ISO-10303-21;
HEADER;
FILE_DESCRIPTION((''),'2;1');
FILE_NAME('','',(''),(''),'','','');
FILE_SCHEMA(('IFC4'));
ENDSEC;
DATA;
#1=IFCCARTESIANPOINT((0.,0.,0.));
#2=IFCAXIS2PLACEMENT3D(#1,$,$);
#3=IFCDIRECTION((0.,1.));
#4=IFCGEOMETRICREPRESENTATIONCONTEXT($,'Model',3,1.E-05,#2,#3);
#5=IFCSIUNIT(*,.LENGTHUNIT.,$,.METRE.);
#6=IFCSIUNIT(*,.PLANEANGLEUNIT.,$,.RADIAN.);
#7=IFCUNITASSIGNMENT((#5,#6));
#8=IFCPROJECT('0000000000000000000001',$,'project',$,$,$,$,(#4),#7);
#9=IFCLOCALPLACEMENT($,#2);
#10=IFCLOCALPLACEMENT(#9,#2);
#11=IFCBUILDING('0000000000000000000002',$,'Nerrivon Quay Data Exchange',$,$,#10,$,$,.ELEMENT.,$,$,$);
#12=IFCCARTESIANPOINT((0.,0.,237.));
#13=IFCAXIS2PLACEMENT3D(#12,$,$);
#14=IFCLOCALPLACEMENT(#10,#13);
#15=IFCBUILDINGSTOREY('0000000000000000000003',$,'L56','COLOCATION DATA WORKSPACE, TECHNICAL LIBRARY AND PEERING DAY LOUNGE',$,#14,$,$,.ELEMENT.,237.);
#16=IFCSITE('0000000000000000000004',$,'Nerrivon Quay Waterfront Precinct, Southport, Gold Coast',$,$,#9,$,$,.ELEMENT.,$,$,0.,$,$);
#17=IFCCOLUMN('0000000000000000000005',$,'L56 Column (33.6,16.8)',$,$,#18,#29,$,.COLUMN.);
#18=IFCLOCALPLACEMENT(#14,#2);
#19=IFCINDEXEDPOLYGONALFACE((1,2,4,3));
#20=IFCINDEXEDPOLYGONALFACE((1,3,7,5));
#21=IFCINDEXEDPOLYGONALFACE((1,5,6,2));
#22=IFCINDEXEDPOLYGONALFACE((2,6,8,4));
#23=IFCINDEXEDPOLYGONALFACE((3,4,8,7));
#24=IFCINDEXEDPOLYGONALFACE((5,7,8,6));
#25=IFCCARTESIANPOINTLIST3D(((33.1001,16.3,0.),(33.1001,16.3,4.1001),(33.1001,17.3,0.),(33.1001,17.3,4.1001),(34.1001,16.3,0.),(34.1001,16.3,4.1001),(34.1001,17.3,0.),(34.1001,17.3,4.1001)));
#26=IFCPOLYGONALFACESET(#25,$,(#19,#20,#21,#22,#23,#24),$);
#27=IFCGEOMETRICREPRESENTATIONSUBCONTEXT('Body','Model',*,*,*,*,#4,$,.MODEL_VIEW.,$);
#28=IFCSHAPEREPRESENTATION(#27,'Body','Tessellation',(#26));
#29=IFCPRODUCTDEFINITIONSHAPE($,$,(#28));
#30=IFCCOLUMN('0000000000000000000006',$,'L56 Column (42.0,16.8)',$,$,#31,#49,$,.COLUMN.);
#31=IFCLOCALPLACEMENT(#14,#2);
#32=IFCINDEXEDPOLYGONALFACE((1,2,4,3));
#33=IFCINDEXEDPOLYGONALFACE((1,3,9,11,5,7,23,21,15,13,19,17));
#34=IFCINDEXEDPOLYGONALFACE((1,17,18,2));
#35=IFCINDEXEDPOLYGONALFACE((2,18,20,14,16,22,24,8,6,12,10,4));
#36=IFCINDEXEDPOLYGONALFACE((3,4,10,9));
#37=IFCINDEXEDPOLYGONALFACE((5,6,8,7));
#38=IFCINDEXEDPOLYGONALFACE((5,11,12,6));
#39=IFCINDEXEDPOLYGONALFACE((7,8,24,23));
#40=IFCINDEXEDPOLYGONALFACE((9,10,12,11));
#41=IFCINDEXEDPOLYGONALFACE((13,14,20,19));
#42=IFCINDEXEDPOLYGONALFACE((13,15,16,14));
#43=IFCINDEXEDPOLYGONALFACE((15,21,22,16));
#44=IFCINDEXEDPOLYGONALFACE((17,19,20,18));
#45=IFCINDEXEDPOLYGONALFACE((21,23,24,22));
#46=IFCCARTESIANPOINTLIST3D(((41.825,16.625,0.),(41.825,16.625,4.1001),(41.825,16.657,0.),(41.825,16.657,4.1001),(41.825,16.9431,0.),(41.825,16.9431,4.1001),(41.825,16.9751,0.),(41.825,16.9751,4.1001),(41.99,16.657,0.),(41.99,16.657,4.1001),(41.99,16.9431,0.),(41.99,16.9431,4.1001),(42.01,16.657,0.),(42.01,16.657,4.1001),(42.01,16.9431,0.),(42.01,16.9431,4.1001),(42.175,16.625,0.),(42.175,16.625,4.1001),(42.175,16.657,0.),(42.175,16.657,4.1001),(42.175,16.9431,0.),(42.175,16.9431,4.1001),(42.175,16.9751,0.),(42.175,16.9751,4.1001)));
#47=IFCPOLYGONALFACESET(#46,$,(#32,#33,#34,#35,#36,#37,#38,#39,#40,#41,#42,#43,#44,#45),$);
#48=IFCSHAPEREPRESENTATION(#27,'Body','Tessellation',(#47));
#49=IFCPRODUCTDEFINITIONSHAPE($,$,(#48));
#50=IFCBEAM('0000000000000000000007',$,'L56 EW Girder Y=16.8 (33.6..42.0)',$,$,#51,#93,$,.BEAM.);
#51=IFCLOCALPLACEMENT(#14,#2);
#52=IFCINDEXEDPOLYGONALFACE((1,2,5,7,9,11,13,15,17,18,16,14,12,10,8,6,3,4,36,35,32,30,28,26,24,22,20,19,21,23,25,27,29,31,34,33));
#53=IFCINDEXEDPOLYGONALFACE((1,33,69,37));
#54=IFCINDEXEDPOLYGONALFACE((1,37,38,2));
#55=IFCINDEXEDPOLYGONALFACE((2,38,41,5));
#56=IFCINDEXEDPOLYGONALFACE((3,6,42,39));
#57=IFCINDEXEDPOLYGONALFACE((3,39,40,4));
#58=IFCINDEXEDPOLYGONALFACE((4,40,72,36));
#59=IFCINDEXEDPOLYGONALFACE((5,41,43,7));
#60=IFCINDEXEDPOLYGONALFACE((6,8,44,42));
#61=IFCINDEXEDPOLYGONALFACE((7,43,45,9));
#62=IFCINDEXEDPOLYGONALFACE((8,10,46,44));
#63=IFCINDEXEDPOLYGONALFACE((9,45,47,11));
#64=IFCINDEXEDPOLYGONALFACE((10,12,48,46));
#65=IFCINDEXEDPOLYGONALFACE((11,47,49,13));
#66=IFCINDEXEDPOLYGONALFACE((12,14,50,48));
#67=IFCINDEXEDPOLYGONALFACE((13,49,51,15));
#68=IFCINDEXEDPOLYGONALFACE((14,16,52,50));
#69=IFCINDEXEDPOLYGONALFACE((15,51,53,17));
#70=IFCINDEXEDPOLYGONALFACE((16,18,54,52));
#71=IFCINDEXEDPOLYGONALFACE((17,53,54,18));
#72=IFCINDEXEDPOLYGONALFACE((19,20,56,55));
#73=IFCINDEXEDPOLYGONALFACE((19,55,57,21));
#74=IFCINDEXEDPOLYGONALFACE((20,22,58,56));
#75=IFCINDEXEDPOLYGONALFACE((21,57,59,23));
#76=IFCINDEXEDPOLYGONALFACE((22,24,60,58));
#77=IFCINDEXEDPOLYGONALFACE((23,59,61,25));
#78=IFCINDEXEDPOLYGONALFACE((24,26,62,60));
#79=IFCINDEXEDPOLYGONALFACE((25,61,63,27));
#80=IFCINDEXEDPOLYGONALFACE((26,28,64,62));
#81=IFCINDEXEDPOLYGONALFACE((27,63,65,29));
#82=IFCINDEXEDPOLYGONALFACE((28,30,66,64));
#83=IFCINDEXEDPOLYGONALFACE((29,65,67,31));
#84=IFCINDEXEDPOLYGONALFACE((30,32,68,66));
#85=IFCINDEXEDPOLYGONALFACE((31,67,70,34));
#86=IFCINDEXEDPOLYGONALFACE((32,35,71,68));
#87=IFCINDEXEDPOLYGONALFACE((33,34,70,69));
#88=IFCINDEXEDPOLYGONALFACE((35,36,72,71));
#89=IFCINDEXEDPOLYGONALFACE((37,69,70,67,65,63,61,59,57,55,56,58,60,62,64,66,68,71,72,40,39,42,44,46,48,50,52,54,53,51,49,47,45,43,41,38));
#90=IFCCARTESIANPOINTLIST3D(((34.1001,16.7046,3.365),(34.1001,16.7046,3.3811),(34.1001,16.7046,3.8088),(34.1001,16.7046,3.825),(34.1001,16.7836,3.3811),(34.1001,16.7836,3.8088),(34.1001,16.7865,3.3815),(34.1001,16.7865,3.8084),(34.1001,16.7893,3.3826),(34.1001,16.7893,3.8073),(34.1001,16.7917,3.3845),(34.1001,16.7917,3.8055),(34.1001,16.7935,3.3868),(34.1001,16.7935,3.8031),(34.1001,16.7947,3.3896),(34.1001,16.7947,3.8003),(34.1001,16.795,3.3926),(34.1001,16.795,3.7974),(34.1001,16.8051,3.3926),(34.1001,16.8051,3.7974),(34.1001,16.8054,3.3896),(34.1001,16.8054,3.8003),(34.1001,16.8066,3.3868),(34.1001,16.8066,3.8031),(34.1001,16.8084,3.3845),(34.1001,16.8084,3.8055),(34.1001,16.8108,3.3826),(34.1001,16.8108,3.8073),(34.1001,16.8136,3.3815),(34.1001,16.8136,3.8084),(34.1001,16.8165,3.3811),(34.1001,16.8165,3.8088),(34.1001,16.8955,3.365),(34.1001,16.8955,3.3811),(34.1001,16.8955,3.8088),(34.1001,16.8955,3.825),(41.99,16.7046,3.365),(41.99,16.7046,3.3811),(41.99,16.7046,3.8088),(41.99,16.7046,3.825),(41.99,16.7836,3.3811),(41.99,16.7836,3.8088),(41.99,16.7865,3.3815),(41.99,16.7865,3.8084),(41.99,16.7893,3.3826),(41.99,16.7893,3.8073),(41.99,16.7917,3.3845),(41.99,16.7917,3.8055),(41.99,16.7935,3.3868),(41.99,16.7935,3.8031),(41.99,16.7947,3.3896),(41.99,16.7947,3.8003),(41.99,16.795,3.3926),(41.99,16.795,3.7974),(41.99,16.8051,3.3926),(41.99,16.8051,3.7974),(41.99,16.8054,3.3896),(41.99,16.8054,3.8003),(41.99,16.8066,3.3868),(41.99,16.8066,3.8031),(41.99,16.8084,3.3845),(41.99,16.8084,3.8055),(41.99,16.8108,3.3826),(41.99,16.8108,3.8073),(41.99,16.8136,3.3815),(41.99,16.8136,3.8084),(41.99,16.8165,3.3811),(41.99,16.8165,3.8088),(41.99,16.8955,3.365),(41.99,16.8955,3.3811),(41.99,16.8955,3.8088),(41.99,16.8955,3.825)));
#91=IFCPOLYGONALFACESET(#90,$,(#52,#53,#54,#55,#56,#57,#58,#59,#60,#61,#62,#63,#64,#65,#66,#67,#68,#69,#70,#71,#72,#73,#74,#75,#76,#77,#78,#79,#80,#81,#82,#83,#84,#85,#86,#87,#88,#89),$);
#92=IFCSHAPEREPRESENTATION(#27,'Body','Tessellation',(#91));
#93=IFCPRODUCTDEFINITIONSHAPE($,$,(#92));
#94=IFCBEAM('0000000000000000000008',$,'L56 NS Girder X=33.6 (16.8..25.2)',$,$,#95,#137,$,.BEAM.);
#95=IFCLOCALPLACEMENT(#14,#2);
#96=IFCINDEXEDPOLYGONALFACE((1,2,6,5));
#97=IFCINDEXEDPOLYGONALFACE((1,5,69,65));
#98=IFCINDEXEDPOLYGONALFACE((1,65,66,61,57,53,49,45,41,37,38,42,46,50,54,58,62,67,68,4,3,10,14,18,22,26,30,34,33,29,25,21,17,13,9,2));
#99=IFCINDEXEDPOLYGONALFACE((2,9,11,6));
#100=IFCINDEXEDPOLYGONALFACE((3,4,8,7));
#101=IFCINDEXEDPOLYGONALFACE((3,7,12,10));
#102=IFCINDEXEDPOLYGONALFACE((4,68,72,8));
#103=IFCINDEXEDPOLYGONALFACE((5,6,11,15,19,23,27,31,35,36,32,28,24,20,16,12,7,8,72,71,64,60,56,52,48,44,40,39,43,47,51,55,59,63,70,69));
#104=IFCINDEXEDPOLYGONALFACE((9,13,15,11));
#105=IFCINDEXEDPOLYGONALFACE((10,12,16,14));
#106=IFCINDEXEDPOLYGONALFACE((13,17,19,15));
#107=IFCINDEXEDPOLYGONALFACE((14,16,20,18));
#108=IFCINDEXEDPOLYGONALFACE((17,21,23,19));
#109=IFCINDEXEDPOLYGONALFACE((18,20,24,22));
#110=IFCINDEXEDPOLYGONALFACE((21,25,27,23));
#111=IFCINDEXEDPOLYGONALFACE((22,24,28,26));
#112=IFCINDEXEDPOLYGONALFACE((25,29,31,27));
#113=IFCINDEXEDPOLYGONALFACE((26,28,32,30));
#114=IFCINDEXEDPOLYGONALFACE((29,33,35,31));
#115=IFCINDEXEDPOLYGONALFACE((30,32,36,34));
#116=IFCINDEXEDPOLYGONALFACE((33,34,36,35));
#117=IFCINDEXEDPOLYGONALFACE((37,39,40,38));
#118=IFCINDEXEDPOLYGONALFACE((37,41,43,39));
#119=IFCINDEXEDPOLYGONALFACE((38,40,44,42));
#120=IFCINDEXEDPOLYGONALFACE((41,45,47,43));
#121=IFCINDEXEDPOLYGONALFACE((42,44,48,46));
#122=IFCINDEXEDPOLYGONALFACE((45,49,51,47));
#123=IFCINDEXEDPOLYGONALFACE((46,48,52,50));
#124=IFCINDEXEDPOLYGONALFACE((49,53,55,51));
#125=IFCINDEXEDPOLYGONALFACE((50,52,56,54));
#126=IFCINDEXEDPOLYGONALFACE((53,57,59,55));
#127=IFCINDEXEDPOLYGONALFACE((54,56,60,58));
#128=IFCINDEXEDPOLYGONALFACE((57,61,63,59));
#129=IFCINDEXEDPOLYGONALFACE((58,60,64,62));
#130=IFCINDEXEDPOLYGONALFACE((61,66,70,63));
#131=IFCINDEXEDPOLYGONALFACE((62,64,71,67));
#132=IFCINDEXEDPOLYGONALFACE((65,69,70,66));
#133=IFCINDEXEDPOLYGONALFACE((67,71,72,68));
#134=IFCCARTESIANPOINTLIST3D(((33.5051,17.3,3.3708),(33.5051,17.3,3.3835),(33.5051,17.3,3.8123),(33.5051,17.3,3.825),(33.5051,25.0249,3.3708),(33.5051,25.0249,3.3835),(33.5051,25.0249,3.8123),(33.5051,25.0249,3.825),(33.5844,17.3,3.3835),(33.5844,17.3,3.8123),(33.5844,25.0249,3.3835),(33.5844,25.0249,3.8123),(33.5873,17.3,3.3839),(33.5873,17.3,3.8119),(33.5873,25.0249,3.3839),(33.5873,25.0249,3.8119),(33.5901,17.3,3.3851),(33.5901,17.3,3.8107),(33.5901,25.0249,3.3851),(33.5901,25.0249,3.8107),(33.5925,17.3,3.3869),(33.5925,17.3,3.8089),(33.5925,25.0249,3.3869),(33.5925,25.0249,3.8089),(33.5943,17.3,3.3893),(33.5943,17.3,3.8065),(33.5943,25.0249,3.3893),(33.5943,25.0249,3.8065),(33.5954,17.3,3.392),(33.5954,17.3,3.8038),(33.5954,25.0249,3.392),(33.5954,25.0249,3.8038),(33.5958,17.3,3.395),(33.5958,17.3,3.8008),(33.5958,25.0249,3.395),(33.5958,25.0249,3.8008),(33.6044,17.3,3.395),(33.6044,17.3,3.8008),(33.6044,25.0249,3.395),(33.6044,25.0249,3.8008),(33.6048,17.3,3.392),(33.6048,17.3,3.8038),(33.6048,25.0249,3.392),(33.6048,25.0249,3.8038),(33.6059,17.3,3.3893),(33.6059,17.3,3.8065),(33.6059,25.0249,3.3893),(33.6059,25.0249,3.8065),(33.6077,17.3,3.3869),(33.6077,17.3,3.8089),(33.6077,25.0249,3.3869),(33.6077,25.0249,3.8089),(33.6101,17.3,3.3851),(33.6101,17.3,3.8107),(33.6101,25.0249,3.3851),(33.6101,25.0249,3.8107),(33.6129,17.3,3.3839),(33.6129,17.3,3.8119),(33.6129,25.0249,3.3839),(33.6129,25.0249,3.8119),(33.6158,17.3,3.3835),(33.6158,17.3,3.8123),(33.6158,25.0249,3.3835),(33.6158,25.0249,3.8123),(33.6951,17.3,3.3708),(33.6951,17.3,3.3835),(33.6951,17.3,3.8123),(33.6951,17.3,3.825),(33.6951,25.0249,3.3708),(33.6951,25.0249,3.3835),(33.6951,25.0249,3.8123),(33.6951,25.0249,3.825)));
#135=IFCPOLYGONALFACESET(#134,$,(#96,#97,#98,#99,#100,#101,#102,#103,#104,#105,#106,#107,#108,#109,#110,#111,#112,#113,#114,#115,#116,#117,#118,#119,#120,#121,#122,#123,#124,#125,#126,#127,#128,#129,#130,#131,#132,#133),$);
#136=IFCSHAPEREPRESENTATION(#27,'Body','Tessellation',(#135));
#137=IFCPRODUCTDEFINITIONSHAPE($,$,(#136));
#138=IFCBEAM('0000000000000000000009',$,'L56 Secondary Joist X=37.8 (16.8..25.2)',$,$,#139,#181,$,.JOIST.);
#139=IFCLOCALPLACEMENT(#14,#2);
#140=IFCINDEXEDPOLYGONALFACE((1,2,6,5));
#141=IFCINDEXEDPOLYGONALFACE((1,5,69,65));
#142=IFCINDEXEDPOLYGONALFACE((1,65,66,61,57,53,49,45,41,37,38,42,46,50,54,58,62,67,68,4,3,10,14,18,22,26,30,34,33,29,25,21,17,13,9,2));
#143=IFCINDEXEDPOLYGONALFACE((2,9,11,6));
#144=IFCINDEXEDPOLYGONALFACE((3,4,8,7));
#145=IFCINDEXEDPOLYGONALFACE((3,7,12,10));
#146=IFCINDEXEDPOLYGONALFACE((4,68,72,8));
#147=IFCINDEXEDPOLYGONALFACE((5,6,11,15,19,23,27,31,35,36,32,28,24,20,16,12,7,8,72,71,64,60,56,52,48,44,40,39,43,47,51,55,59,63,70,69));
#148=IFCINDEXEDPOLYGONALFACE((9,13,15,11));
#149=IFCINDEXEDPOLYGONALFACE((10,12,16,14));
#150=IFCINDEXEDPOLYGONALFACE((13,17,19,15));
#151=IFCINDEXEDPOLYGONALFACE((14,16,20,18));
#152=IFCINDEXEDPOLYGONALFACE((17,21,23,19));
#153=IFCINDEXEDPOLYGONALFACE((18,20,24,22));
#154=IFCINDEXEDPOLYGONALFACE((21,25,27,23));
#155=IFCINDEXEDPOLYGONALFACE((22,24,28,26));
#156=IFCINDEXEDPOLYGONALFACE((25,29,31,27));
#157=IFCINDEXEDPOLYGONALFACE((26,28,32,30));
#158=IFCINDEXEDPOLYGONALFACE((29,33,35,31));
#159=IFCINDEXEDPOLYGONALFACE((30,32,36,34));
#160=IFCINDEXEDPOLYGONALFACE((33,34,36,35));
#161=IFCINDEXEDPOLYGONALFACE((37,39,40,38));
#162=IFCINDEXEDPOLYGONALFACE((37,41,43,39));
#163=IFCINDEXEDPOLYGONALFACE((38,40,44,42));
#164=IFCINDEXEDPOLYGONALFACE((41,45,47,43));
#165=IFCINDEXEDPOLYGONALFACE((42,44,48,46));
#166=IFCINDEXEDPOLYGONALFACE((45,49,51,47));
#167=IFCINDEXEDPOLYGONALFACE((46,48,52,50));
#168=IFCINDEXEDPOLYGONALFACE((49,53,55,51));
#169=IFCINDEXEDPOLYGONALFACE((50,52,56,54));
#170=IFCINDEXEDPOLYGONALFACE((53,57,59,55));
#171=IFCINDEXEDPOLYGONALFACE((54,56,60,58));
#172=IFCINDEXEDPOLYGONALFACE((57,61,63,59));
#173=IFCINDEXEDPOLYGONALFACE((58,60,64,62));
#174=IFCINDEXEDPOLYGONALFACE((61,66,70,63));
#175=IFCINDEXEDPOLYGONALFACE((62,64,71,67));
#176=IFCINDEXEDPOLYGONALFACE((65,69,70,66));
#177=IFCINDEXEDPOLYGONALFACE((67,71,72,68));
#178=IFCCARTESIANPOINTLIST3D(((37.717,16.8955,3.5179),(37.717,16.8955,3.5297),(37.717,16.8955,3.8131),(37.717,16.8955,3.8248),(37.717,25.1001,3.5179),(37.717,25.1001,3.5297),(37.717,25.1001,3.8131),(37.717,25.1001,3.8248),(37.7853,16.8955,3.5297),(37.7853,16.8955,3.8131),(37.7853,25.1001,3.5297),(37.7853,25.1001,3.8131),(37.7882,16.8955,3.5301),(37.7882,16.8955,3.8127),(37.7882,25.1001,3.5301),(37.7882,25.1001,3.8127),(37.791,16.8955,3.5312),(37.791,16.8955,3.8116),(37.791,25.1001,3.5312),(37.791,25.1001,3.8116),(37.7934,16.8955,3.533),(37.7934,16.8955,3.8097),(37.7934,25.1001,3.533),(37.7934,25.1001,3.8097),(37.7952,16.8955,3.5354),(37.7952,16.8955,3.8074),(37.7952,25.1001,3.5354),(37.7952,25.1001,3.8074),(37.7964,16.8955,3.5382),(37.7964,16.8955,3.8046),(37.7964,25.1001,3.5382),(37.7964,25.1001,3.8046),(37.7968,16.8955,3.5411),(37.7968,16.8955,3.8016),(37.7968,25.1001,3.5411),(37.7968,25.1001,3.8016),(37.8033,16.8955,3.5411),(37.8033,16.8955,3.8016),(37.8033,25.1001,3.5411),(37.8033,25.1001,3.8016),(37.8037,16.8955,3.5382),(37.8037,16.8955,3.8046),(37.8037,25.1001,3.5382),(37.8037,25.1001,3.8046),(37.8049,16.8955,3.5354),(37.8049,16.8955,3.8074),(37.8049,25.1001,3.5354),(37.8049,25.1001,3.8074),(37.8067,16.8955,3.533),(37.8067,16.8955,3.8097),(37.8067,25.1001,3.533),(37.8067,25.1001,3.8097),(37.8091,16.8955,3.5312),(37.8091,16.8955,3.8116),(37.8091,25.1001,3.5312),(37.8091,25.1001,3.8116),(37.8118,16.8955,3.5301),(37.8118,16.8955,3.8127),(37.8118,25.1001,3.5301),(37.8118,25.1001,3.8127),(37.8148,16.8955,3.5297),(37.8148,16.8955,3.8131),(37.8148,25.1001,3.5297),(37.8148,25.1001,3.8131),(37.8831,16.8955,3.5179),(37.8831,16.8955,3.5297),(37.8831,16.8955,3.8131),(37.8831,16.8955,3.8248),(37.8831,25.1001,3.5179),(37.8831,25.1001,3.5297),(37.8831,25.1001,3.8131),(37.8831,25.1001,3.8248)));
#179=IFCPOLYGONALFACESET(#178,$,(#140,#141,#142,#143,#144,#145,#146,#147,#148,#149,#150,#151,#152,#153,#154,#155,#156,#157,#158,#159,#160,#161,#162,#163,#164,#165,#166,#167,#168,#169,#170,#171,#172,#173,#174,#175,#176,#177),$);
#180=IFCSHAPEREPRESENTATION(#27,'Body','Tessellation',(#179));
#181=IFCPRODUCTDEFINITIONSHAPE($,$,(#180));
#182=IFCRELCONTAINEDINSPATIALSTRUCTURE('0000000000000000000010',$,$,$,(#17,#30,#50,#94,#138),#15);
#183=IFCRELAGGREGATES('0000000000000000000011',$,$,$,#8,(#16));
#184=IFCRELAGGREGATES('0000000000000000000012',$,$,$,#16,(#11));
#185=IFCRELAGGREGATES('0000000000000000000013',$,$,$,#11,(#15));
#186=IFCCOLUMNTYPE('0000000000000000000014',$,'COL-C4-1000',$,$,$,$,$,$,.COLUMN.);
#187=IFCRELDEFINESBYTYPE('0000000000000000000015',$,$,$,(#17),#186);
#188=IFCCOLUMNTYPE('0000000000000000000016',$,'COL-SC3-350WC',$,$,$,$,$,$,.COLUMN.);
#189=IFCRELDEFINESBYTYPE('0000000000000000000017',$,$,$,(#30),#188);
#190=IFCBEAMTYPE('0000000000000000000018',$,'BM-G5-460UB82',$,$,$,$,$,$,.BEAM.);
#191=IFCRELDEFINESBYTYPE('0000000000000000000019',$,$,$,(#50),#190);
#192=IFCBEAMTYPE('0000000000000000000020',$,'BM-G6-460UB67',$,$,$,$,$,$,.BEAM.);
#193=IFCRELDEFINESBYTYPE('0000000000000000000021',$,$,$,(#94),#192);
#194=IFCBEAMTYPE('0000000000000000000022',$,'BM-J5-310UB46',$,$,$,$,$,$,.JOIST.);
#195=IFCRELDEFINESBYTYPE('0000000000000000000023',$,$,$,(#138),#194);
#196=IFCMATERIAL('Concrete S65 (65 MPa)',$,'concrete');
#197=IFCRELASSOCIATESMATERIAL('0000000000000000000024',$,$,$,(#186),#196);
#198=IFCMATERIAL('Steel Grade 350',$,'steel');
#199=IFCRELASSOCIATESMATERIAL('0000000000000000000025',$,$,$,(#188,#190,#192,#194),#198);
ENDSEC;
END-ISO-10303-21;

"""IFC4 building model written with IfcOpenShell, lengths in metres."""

from ifc_helpers import new_model, si_unit, direction, frame, origin, origin_2d, place, context, subcontext, project, spatial, rectangle, i_section, extrude, material, material_profile, profile_set, type_object, element, save


model = new_model("IFC4")

# Units and contexts
model_context = context("Model", 3, precision=1e-05, world=origin(), true_north=direction((0.0, 1.0)))
body_context = subcontext(model_context, "Body", "Model", "MODEL_VIEW")
ifc_project = project(units=[si_unit("LENGTHUNIT", "METRE"), si_unit("PLANEANGLEUNIT", "RADIAN")], contexts=[model_context])

# Site, building, storey
site_placement = place(None, origin())
site = spatial("IfcSite", under=ifc_project, at=site_placement, Name="Nerrivon Quay Waterfront Precinct, Southport, Gold Coast", CompositionType="ELEMENT", RefElevation=0.0)
building_placement = place(site_placement, origin())
building = spatial("IfcBuilding", under=site, at=building_placement, Name="Nerrivon Quay Data Exchange", CompositionType="ELEMENT")
storey_placement = place(building_placement, frame((0.0, 0.0, 237.0)))
storey = spatial("IfcBuildingStorey", under=building, at=storey_placement, Name="L56", Description="COLOCATION DATA WORKSPACE, TECHNICAL LIBRARY AND PEERING DAY LOUNGE", CompositionType="ELEMENT", Elevation=237.0)

# Columns
ifc_material_1 = material(Name="Concrete S65 (65 MPa)", Category="concrete")
ifc_material_profile_1 = material_profile(ifc_material_1, rectangle(XDim=1.0, YDim=1.0, at=origin_2d()), Name="RC-COL-1000x1000")
ifc_profile_set_1 = profile_set([ifc_material_profile_1], Name="Concrete S65 (65 MPa)")
column_type_1 = type_object("IfcColumnType", Name="COL-C4-1000", PredefinedType="COLUMN", material=ifc_profile_set_1)
column_1_placement = place(storey_placement, frame((33.6001, 16.8, 0.0), z_axis=(0.0, 0.0, 1.0), x_axis=(1.0, 0.0, 0.0)))
element("IfcColumn", 1, at=column_1_placement, inside=storey, type_object=column_type_1, Name="L56 Column (33.6,16.8)", PredefinedType="COLUMN", context=body_context, shape_type="SweptSolid", body=[
    extrude(rectangle(XDim=1.0, YDim=1.0, at=origin_2d()), origin(), (0.0, 0.0, 1.0), 4.1001),
])
ifc_material_2 = material(Name="Steel Grade 350", Category="steel")
ifc_material_profile_2 = material_profile(ifc_material_2, i_section(OverallWidth=0.3501, OverallDepth=0.3501, WebThickness=0.02, FlangeThickness=0.032, at=origin_2d()), Name="350WC230")
ifc_profile_set_2 = profile_set([ifc_material_profile_2], Name="Steel Grade 350")
column_type_2 = type_object("IfcColumnType", Name="COL-SC3-350WC", PredefinedType="COLUMN", material=ifc_profile_set_2)
column_2_placement = place(storey_placement, frame((42.0, 16.8, 0.0), z_axis=(0.0, 0.0, 1.0), x_axis=(1.0, 0.0, 0.0)))
element("IfcColumn", 2, at=column_2_placement, inside=storey, type_object=column_type_2, Name="L56 Column (42.0,16.8)", PredefinedType="COLUMN", context=body_context, shape_type="SweptSolid", body=[
    extrude(i_section(OverallWidth=0.3501, OverallDepth=0.3501, WebThickness=0.02, FlangeThickness=0.032, at=origin_2d()), origin(), (0.0, 0.0, 1.0), 4.1001),
])

# Beams
ifc_material_profile_3 = material_profile(ifc_material_2, i_section(OverallWidth=0.1909, OverallDepth=0.46, WebThickness=0.01, FlangeThickness=0.0161, FilletRadius=0.0115, at=origin_2d()), Name="460UB82.1")
ifc_profile_set_3 = profile_set([ifc_material_profile_3], Name="Steel Grade 350")
beam_type_1 = type_object("IfcBeamType", Name="BM-G5-460UB82", PredefinedType="BEAM", material=ifc_profile_set_3)
beam_1_placement = place(storey_placement, frame((34.1001, 16.8, 3.595), z_axis=(1.0, 0.0, 0.0), x_axis=(0.0, 1.0, 0.0)))
element("IfcBeam", 3, at=beam_1_placement, inside=storey, type_object=beam_type_1, Name="L56 EW Girder Y=16.8 (33.6..42.0)", PredefinedType="BEAM", context=body_context, shape_type="SweptSolid", body=[
    extrude(i_section(OverallWidth=0.1909, OverallDepth=0.46, WebThickness=0.01, FlangeThickness=0.0161, FilletRadius=0.0115, at=origin_2d()), origin(), (0.0, 0.0, 1.0), 7.8899),
])
ifc_material_profile_4 = material_profile(ifc_material_2, i_section(OverallWidth=0.1899, OverallDepth=0.4541, WebThickness=0.0085, FlangeThickness=0.0127, FilletRadius=0.0115, at=origin_2d()), Name="460UB67.1")
ifc_profile_set_4 = profile_set([ifc_material_profile_4], Name="Steel Grade 350")
beam_type_2 = type_object("IfcBeamType", Name="BM-G6-460UB67", PredefinedType="BEAM", material=ifc_profile_set_4)
beam_2_placement = place(storey_placement, frame((33.6001, 17.3, 3.5979), z_axis=(0.0, 1.0, 0.0), x_axis=(-1.0, 0.0, 0.0)))
element("IfcBeam", 4, at=beam_2_placement, inside=storey, type_object=beam_type_2, Name="L56 NS Girder X=33.6 (16.8..25.2)", PredefinedType="BEAM", context=body_context, shape_type="SweptSolid", body=[
    extrude(i_section(OverallWidth=0.1899, OverallDepth=0.4541, WebThickness=0.0085, FlangeThickness=0.0127, FilletRadius=0.0115, at=origin_2d()), origin(), (0.0, 0.0, 1.0), 7.7249),
])
ifc_material_profile_5 = material_profile(ifc_material_2, i_section(OverallWidth=0.166, OverallDepth=0.3069, WebThickness=0.0066, FlangeThickness=0.0117, FilletRadius=0.0115, at=origin_2d()), Name="310UB46.2")
ifc_profile_set_5 = profile_set([ifc_material_profile_5], Name="Steel Grade 350")
beam_type_3 = type_object("IfcBeamType", Name="BM-J5-310UB46", PredefinedType="JOIST", material=ifc_profile_set_5)
beam_3_placement = place(storey_placement, frame((37.8, 16.8955, 3.6714), z_axis=(0.0, 1.0, 0.0), x_axis=(-1.0, 0.0, 0.0)))
element("IfcBeam", 5, at=beam_3_placement, inside=storey, type_object=beam_type_3, Name="L56 Secondary Joist X=37.8 (16.8..25.2)", PredefinedType="JOIST", context=body_context, shape_type="SweptSolid", body=[
    extrude(i_section(OverallWidth=0.166, OverallDepth=0.3069, WebThickness=0.0066, FlangeThickness=0.0117, FilletRadius=0.0115, at=origin_2d()), origin(), (0.0, 0.0, 1.0), 8.2046),
])

save(model, "model.ifc")
